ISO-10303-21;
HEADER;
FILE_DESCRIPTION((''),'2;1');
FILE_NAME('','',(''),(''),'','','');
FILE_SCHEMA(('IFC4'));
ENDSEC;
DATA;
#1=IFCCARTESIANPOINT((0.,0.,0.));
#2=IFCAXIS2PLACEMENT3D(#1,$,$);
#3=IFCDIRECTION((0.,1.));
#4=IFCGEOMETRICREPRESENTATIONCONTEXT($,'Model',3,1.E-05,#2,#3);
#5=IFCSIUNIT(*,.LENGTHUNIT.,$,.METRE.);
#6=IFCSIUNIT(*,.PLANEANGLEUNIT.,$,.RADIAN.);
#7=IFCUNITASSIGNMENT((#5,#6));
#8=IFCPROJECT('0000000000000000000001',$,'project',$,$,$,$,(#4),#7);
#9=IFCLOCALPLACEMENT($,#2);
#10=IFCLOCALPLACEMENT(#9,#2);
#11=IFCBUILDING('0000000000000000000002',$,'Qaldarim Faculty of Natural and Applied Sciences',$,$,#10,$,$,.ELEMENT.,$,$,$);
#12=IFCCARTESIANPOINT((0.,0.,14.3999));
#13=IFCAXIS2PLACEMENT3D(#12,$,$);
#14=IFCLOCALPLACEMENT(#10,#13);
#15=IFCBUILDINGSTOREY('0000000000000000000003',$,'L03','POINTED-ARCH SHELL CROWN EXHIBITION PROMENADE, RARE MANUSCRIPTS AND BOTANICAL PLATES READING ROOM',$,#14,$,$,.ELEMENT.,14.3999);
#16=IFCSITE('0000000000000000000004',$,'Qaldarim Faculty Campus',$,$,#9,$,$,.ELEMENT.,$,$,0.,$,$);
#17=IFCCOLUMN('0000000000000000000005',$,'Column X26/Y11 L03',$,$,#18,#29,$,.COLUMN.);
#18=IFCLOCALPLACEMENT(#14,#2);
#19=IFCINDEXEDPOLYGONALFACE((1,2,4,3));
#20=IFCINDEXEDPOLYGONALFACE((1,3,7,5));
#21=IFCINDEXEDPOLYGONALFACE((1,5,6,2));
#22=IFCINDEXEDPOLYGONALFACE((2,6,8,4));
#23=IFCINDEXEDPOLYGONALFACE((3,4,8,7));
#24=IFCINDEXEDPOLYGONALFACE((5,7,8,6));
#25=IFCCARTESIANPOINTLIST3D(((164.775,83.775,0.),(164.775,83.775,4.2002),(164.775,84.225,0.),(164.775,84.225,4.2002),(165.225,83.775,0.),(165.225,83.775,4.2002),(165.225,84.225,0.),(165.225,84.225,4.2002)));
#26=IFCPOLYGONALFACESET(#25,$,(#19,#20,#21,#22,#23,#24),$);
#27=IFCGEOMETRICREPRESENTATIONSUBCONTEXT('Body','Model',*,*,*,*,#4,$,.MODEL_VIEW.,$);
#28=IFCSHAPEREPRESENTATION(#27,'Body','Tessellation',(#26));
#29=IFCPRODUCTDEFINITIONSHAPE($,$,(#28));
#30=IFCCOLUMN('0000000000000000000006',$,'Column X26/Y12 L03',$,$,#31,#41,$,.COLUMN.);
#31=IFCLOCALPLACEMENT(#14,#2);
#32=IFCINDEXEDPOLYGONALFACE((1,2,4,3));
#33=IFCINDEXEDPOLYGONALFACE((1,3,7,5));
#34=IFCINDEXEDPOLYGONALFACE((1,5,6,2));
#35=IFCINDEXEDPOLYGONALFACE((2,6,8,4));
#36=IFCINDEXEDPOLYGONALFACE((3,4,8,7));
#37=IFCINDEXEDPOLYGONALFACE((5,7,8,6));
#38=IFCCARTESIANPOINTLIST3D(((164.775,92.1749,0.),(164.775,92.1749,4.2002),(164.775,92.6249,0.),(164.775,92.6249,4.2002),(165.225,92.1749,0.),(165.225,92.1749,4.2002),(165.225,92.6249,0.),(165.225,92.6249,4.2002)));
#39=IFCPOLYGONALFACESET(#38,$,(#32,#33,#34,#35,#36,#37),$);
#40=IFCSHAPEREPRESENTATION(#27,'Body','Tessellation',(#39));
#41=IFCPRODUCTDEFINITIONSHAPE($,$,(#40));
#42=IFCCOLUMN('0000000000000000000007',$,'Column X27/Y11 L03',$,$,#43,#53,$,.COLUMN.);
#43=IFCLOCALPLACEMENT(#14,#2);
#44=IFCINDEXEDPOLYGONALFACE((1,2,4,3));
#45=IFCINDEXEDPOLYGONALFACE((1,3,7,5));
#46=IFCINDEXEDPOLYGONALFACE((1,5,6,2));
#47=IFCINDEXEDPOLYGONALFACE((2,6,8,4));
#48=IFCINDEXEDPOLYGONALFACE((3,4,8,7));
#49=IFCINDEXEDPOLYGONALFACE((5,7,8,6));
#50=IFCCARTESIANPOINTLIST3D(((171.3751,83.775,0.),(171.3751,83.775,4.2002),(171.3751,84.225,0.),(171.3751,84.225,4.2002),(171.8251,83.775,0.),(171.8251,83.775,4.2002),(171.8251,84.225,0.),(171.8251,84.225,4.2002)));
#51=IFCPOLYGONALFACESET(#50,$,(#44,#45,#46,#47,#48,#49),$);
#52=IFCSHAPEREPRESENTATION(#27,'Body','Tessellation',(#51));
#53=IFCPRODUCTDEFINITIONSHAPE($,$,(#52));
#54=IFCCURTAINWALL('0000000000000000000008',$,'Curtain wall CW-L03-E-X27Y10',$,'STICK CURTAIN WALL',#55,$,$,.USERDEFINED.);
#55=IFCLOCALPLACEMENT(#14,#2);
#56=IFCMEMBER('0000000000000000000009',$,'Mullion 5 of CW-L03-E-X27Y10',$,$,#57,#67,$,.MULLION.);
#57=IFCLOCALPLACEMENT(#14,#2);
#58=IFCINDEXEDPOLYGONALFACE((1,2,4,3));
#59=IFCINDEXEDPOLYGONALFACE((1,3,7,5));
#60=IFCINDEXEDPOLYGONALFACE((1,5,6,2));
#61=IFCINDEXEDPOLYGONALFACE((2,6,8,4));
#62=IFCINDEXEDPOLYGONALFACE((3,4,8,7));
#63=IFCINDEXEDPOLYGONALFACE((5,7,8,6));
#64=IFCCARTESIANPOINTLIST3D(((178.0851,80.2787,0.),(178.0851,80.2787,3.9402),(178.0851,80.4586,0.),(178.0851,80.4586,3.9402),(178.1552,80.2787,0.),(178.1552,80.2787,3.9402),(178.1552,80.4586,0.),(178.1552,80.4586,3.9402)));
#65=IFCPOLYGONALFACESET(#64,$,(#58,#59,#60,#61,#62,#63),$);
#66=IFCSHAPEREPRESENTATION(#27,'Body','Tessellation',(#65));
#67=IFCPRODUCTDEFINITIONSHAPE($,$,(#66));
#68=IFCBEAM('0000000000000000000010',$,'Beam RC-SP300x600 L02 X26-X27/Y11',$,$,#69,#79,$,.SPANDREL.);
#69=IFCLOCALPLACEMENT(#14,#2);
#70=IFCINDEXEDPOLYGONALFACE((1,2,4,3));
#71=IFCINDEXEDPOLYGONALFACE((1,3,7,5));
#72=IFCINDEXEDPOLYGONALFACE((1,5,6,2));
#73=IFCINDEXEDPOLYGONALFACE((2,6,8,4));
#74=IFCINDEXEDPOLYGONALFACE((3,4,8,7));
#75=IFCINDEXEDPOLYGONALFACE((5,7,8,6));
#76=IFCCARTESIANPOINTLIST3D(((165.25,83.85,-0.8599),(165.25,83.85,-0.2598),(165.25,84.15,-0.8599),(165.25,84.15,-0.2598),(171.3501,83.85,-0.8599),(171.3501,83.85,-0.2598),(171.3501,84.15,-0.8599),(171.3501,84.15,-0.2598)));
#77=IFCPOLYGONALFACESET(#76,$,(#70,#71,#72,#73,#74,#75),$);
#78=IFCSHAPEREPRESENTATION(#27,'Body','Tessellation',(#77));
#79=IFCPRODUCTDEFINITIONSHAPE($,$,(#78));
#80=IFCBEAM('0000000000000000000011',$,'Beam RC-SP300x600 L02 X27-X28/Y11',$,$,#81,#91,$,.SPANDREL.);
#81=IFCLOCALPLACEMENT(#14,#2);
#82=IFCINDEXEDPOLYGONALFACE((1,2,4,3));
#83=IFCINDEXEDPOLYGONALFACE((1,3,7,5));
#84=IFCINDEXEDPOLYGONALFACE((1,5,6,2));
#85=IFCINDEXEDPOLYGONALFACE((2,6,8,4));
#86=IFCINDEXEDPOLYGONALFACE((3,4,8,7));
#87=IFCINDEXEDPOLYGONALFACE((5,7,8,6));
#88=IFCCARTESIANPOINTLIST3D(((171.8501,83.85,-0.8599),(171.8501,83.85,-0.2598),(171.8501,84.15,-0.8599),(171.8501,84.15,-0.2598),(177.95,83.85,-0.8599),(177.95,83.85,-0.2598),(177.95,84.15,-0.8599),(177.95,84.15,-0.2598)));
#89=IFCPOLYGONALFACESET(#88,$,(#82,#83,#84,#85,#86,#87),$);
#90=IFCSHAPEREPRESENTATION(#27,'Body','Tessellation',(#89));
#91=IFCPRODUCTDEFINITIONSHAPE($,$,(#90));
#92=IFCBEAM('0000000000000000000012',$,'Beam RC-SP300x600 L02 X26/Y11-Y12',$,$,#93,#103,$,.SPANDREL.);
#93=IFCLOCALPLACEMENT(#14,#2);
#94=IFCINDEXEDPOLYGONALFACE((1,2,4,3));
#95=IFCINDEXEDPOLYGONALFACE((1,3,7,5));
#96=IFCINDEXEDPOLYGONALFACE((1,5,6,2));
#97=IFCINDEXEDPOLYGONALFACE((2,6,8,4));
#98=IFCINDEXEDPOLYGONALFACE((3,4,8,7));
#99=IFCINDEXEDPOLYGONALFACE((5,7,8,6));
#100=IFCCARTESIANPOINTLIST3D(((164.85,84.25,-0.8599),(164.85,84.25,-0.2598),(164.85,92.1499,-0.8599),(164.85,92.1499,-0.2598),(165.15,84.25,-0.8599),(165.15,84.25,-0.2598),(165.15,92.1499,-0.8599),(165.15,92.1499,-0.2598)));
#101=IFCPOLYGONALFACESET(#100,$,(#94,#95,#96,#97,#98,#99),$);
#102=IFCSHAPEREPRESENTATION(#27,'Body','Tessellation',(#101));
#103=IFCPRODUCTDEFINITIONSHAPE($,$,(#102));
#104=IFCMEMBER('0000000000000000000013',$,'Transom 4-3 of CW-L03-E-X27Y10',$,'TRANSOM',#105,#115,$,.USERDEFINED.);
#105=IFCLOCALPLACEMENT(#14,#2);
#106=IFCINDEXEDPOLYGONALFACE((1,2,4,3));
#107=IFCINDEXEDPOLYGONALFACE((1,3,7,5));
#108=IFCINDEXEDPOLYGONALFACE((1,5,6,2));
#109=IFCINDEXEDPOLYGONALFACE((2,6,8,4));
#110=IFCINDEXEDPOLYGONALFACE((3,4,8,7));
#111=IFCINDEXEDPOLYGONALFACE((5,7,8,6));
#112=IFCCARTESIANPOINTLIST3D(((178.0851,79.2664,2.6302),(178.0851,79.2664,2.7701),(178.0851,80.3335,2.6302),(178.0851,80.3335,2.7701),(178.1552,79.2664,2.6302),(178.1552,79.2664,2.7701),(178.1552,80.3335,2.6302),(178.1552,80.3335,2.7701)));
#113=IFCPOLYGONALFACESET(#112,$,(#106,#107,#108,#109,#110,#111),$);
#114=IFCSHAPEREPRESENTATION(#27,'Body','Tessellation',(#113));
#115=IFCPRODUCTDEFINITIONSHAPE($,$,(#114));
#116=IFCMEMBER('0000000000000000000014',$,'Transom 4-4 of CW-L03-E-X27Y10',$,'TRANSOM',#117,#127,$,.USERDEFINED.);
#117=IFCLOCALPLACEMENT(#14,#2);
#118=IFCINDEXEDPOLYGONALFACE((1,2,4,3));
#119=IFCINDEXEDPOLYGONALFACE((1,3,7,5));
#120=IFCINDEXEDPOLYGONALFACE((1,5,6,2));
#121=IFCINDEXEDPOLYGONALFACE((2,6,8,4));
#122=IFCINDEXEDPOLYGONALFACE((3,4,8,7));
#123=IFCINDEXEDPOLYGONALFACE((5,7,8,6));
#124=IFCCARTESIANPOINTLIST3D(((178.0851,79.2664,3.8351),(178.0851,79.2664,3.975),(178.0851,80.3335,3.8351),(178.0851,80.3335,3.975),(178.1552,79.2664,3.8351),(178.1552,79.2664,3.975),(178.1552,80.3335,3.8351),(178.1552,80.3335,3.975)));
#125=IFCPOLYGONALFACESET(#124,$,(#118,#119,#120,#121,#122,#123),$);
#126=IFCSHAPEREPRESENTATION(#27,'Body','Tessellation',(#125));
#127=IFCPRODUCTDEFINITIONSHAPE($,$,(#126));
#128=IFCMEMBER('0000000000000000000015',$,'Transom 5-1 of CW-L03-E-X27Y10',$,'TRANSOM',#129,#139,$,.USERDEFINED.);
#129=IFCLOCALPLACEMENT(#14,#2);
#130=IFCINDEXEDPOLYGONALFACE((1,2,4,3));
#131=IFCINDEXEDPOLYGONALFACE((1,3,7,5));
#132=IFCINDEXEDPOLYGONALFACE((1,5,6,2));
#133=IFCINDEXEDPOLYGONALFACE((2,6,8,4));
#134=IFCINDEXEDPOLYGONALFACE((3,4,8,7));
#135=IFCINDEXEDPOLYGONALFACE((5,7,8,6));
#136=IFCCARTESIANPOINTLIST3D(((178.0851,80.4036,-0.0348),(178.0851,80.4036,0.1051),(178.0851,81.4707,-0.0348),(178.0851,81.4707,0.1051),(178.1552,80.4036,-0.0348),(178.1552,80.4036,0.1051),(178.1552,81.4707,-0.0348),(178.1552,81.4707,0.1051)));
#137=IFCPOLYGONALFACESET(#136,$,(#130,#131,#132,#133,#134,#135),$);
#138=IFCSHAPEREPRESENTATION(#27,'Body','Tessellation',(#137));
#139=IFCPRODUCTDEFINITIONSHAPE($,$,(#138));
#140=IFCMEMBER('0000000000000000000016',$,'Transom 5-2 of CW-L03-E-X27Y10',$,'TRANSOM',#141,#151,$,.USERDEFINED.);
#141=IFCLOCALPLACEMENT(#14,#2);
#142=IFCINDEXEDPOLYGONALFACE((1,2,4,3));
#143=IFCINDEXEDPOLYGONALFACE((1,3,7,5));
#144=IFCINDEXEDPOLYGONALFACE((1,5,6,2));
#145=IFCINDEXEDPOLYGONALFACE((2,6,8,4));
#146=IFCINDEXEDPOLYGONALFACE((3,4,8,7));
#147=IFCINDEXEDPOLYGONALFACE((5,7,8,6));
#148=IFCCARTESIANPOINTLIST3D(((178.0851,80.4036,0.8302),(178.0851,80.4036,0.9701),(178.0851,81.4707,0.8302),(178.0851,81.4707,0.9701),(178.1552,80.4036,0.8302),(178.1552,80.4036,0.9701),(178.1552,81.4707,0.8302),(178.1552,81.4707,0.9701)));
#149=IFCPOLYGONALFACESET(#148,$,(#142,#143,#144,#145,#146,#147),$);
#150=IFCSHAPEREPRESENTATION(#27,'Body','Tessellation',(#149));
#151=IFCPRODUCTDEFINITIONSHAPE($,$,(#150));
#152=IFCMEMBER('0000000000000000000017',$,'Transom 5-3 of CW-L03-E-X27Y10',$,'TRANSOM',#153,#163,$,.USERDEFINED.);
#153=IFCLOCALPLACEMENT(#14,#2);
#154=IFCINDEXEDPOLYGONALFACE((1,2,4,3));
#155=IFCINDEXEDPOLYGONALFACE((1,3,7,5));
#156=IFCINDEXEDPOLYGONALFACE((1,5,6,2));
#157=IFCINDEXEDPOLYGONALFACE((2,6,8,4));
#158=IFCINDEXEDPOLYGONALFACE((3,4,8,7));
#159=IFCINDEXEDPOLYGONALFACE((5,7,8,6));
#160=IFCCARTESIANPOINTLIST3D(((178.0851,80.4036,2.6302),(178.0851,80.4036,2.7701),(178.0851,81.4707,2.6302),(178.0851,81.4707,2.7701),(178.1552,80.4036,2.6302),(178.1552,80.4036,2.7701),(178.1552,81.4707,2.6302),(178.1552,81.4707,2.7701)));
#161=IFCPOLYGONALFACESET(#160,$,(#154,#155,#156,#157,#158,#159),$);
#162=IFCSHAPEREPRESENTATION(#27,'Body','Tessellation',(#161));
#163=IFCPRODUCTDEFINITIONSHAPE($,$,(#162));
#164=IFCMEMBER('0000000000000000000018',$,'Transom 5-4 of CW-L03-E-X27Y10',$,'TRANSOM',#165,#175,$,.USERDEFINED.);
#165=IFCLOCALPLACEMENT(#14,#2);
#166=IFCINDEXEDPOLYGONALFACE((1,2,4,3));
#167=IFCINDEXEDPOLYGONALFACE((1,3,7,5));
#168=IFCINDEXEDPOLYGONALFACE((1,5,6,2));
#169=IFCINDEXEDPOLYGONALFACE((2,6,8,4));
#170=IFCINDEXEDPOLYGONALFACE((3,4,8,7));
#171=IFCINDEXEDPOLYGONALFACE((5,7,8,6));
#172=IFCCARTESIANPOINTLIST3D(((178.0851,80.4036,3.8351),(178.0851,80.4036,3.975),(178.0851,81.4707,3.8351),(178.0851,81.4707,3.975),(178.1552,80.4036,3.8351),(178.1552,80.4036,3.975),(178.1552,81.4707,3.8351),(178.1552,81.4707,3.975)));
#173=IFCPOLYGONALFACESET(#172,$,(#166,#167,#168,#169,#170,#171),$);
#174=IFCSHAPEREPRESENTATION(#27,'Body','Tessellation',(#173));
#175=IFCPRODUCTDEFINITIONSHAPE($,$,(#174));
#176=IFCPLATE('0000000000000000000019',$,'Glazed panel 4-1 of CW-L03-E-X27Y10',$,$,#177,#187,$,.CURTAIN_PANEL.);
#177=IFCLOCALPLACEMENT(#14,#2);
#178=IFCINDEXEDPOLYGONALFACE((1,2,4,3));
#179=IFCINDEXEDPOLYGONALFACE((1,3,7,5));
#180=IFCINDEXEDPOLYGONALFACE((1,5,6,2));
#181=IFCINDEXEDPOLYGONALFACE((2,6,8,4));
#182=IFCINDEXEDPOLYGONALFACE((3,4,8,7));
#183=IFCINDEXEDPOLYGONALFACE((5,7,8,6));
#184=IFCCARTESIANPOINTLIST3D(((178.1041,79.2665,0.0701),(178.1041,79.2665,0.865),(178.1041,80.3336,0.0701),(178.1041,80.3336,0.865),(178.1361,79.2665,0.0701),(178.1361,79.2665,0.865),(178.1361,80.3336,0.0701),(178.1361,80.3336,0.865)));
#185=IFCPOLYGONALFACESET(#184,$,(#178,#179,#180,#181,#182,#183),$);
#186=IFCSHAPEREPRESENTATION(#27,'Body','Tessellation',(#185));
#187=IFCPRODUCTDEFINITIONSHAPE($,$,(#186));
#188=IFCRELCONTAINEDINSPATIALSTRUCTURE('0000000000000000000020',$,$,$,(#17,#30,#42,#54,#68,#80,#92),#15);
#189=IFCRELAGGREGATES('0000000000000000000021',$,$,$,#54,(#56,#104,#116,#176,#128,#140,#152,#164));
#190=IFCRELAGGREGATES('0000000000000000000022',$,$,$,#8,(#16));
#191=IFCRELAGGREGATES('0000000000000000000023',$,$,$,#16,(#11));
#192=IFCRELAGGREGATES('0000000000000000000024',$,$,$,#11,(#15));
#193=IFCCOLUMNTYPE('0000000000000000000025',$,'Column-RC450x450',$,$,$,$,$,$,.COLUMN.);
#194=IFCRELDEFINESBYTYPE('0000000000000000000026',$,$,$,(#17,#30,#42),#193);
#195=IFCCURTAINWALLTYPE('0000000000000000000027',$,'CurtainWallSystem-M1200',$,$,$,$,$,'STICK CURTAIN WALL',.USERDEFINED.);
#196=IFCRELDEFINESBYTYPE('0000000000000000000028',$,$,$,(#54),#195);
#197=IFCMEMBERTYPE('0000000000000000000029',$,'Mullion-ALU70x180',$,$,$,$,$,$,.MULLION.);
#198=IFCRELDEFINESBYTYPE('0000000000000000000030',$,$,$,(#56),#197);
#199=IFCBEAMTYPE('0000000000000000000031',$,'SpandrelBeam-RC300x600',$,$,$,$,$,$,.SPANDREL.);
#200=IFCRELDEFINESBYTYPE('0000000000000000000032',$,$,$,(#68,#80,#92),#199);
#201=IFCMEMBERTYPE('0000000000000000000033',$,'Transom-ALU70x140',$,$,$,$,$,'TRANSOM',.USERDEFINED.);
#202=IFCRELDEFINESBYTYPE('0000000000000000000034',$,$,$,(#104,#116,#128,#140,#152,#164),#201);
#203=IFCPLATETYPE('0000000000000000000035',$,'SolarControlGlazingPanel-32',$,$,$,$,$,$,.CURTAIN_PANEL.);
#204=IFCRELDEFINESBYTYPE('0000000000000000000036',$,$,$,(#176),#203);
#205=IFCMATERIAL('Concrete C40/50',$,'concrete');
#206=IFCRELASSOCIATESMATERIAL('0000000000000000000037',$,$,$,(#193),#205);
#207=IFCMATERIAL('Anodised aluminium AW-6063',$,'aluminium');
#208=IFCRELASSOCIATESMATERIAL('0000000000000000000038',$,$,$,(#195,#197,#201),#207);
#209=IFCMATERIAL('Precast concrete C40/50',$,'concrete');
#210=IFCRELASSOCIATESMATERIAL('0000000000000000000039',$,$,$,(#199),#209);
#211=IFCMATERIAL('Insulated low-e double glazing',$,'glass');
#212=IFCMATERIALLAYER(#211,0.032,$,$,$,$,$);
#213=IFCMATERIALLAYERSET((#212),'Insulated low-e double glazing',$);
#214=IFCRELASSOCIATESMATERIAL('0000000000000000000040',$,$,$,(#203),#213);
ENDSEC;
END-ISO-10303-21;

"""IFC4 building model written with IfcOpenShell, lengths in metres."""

from ifc_helpers import new_model, si_unit, direction, frame, origin, origin_2d, place, context, subcontext, project, spatial, rectangle, extrude, material, layer, layer_set, material_profile, profile_set, type_object, element, aggregate, save


model = new_model("IFC4")

# Units and contexts
model_context = context("Model", 3, precision=1e-05, world=origin(), true_north=direction((0.0, 1.0)))
body_context = subcontext(model_context, "Body", "Model", "MODEL_VIEW")
ifc_project = project(units=[si_unit("LENGTHUNIT", "METRE"), si_unit("PLANEANGLEUNIT", "RADIAN")], contexts=[model_context])

# Site, building, storey
site_placement = place(None, origin())
site = spatial("IfcSite", under=ifc_project, at=site_placement, Name="Qaldarim Faculty Campus", CompositionType="ELEMENT", RefElevation=0.0)
building_placement = place(site_placement, origin())
building = spatial("IfcBuilding", under=site, at=building_placement, Name="Qaldarim Faculty of Natural and Applied Sciences", CompositionType="ELEMENT")
storey_placement = place(building_placement, frame((0.0, 0.0, 14.3999)))
storey = spatial("IfcBuildingStorey", under=building, at=storey_placement, Name="L03", Description="POINTED-ARCH SHELL CROWN EXHIBITION PROMENADE, RARE MANUSCRIPTS AND BOTANICAL PLATES READING ROOM", CompositionType="ELEMENT", Elevation=14.3999)

# Columns
ifc_material_1 = material(Name="Concrete C40/50", Category="concrete")
ifc_material_profile_1 = material_profile(ifc_material_1, rectangle(XDim=0.45, YDim=0.45, at=origin_2d()), Name="RC-C450x450")
ifc_profile_set_1 = profile_set([ifc_material_profile_1], Name="Concrete C40/50")
column_type = type_object("IfcColumnType", Name="Column-RC450x450", PredefinedType="COLUMN", material=ifc_profile_set_1)
for number, where, z_axis, x_axis, name in (
    (1, (165.0, 84.0, 0.0), (0.0, 0.0, 1.0), (1.0, 0.0, 0.0), "Column X26/Y11 L03"),
    (2, (165.0, 92.3999, 0.0), (0.0, 0.0, 1.0), (1.0, 0.0, 0.0), "Column X26/Y12 L03"),
    (3, (171.6001, 84.0, 0.0), (0.0, 0.0, 1.0), (1.0, 0.0, 0.0), "Column X27/Y11 L03"),
):
    element("IfcColumn", number, at=place(storey_placement, frame(where, z_axis=z_axis, x_axis=x_axis)), inside=storey, type_object=column_type, Name=name, PredefinedType="COLUMN", context=body_context, shape_type="SweptSolid", body=[
        extrude(rectangle(XDim=0.45, YDim=0.45, at=origin_2d()), origin(), (0.0, 0.0, 1.0), 4.2002),
    ])

# Curtain wall, member
ifc_material_2 = material(Name="Anodised aluminium AW-6063", Category="aluminium")
curtain_wall_type = type_object("IfcCurtainWallType", Name="CurtainWallSystem-M1200", ElementType="STICK CURTAIN WALL", PredefinedType="USERDEFINED", material=ifc_material_2)
curtain_wall_placement = place(storey_placement, origin())
curtain_wall = element("IfcCurtainWall", 4, at=curtain_wall_placement, inside=storey, type_object=curtain_wall_type, Name="Curtain wall CW-L03-E-X27Y10", ObjectType="STICK CURTAIN WALL", PredefinedType="USERDEFINED")
ifc_material_profile_2 = material_profile(ifc_material_2, rectangle(XDim=0.0701, YDim=0.1799, at=origin_2d()), Name="ALU-M70x180")
ifc_profile_set_2 = profile_set([ifc_material_profile_2], Name="Anodised aluminium AW-6063")
member_type_1 = type_object("IfcMemberType", Name="Mullion-ALU70x180", PredefinedType="MULLION", material=ifc_profile_set_2)
member_1_placement = place(storey_placement, frame((178.1201, 80.3687, 0.0), z_axis=(0.0, 0.0, 1.0), x_axis=(-1.0, 0.0, 0.0)))
member_1 = element("IfcMember", 5, at=member_1_placement, type_object=member_type_1, Name="Mullion 5 of CW-L03-E-X27Y10", PredefinedType="MULLION", context=body_context, shape_type="SweptSolid", body=[
    extrude(rectangle(XDim=0.0701, YDim=0.1799, at=origin_2d()), origin(), (0.0, 0.0, 1.0), 3.9402),
])

# Beams
ifc_material_3 = material(Name="Precast concrete C40/50", Category="concrete")
ifc_material_profile_3 = material_profile(ifc_material_3, rectangle(XDim=0.3, YDim=0.6001, at=origin_2d()), Name="RC-SP300x600")
ifc_profile_set_3 = profile_set([ifc_material_profile_3], Name="Precast concrete C40/50")
beam_type = type_object("IfcBeamType", Name="SpandrelBeam-RC300x600", PredefinedType="SPANDREL", material=ifc_profile_set_3)
beam_1_placement = place(storey_placement, frame((165.25, 84.0, -0.5598), z_axis=(1.0, 0.0, 0.0), x_axis=(0.0, 1.0, 0.0)))
element("IfcBeam", 6, at=beam_1_placement, inside=storey, type_object=beam_type, Name="Beam RC-SP300x600 L02 X26-X27/Y11", PredefinedType="SPANDREL", context=body_context, shape_type="SweptSolid", body=[
    extrude(rectangle(XDim=0.3, YDim=0.6001, at=origin_2d()), origin(), (0.0, 0.0, 1.0), 6.1001),
])
beam_2_placement = place(storey_placement, frame((171.8501, 84.0, -0.5598), z_axis=(1.0, 0.0, 0.0), x_axis=(0.0, 1.0, 0.0)))
element("IfcBeam", 7, at=beam_2_placement, inside=storey, type_object=beam_type, Name="Beam RC-SP300x600 L02 X27-X28/Y11", PredefinedType="SPANDREL", context=body_context, shape_type="SweptSolid", body=[
    extrude(rectangle(XDim=0.3, YDim=0.6001, at=origin_2d()), origin(), (0.0, 0.0, 1.0), 6.0999),
])
beam_3_placement = place(storey_placement, frame((165.0, 84.25, -0.5598), z_axis=(0.0, 1.0, 0.0), x_axis=(-1.0, 0.0, 0.0)))
element("IfcBeam", 8, at=beam_3_placement, inside=storey, type_object=beam_type, Name="Beam RC-SP300x600 L02 X26/Y11-Y12", PredefinedType="SPANDREL", context=body_context, shape_type="SweptSolid", body=[
    extrude(rectangle(XDim=0.3, YDim=0.6001, at=origin_2d()), origin(), (0.0, 0.0, 1.0), 7.8999),
])

# Members
ifc_material_profile_4 = material_profile(ifc_material_2, rectangle(XDim=0.0701, YDim=0.1399, at=origin_2d()), Name="ALU-T70x140")
ifc_profile_set_4 = profile_set([ifc_material_profile_4], Name="Anodised aluminium AW-6063")
member_type_2 = type_object("IfcMemberType", Name="Transom-ALU70x140", ElementType="TRANSOM", PredefinedType="USERDEFINED", material=ifc_profile_set_4)
member_2_placement = place(storey_placement, frame((178.1201, 79.2664, 2.7002), z_axis=(0.0, 1.0, 0.0), x_axis=(-1.0, 0.0, 0.0)))
member_2 = element("IfcMember", 9, at=member_2_placement, type_object=member_type_2, Name="Transom 4-3 of CW-L03-E-X27Y10", ObjectType="TRANSOM", PredefinedType="USERDEFINED", context=body_context, shape_type="SweptSolid", body=[
    extrude(rectangle(XDim=0.0701, YDim=0.1399, at=origin_2d()), origin(), (0.0, 0.0, 1.0), 1.0671),
])
member_3_placement = place(storey_placement, frame((178.1201, 79.2664, 3.905), z_axis=(0.0, 1.0, 0.0), x_axis=(-1.0, 0.0, 0.0)))
member_3 = element("IfcMember", 10, at=member_3_placement, type_object=member_type_2, Name="Transom 4-4 of CW-L03-E-X27Y10", ObjectType="TRANSOM", PredefinedType="USERDEFINED", context=body_context, shape_type="SweptSolid", body=[
    extrude(rectangle(XDim=0.0701, YDim=0.1399, at=origin_2d()), origin(), (0.0, 0.0, 1.0), 1.0671),
])
member_4_placement = place(storey_placement, frame((178.1201, 80.4036, 0.0352), z_axis=(0.0, 1.0, 0.0), x_axis=(-1.0, 0.0, 0.0)))
member_4 = element("IfcMember", 11, at=member_4_placement, type_object=member_type_2, Name="Transom 5-1 of CW-L03-E-X27Y10", ObjectType="TRANSOM", PredefinedType="USERDEFINED", context=body_context, shape_type="SweptSolid", body=[
    extrude(rectangle(XDim=0.0701, YDim=0.1399, at=origin_2d()), origin(), (0.0, 0.0, 1.0), 1.0671),
])
member_5_placement = place(storey_placement, frame((178.1201, 80.4036, 0.9001), z_axis=(0.0, 1.0, 0.0), x_axis=(-1.0, 0.0, 0.0)))
member_5 = element("IfcMember", 12, at=member_5_placement, type_object=member_type_2, Name="Transom 5-2 of CW-L03-E-X27Y10", ObjectType="TRANSOM", PredefinedType="USERDEFINED", context=body_context, shape_type="SweptSolid", body=[
    extrude(rectangle(XDim=0.0701, YDim=0.1399, at=origin_2d()), origin(), (0.0, 0.0, 1.0), 1.0671),
])
member_6_placement = place(storey_placement, frame((178.1201, 80.4036, 2.7002), z_axis=(0.0, 1.0, 0.0), x_axis=(-1.0, 0.0, 0.0)))
member_6 = element("IfcMember", 13, at=member_6_placement, type_object=member_type_2, Name="Transom 5-3 of CW-L03-E-X27Y10", ObjectType="TRANSOM", PredefinedType="USERDEFINED", context=body_context, shape_type="SweptSolid", body=[
    extrude(rectangle(XDim=0.0701, YDim=0.1399, at=origin_2d()), origin(), (0.0, 0.0, 1.0), 1.0671),
])
member_7_placement = place(storey_placement, frame((178.1201, 80.4036, 3.905), z_axis=(0.0, 1.0, 0.0), x_axis=(-1.0, 0.0, 0.0)))
member_7 = element("IfcMember", 14, at=member_7_placement, type_object=member_type_2, Name="Transom 5-4 of CW-L03-E-X27Y10", ObjectType="TRANSOM", PredefinedType="USERDEFINED", context=body_context, shape_type="SweptSolid", body=[
    extrude(rectangle(XDim=0.0701, YDim=0.1399, at=origin_2d()), origin(), (0.0, 0.0, 1.0), 1.0671),
])

# Plate
ifc_material_4 = material(Name="Insulated low-e double glazing", Category="glass")
ifc_layer_1 = layer(ifc_material_4, 0.032)
ifc_layer_set_1 = layer_set([ifc_layer_1], Name="Insulated low-e double glazing")
plate_type = type_object("IfcPlateType", Name="SolarControlGlazingPanel-32", PredefinedType="CURTAIN_PANEL", material=ifc_layer_set_1)
plate_1_placement = place(storey_placement, frame((178.1201, 79.8, 0.0701), z_axis=(0.0, 0.0, 1.0), x_axis=(0.0, 1.0, 0.0)))
plate_1 = element("IfcPlate", 15, at=plate_1_placement, type_object=plate_type, Name="Glazed panel 4-1 of CW-L03-E-X27Y10", PredefinedType="CURTAIN_PANEL", context=body_context, shape_type="SweptSolid", body=[
    extrude(rectangle(XDim=1.0671, YDim=0.032, at=origin_2d()), origin(), (0.0, 0.0, 1.0), 0.7949),
])
aggregate(curtain_wall, [member_1, member_2, member_3, plate_1, member_4, member_5, member_6, member_7])

save(model, "model.ifc")
